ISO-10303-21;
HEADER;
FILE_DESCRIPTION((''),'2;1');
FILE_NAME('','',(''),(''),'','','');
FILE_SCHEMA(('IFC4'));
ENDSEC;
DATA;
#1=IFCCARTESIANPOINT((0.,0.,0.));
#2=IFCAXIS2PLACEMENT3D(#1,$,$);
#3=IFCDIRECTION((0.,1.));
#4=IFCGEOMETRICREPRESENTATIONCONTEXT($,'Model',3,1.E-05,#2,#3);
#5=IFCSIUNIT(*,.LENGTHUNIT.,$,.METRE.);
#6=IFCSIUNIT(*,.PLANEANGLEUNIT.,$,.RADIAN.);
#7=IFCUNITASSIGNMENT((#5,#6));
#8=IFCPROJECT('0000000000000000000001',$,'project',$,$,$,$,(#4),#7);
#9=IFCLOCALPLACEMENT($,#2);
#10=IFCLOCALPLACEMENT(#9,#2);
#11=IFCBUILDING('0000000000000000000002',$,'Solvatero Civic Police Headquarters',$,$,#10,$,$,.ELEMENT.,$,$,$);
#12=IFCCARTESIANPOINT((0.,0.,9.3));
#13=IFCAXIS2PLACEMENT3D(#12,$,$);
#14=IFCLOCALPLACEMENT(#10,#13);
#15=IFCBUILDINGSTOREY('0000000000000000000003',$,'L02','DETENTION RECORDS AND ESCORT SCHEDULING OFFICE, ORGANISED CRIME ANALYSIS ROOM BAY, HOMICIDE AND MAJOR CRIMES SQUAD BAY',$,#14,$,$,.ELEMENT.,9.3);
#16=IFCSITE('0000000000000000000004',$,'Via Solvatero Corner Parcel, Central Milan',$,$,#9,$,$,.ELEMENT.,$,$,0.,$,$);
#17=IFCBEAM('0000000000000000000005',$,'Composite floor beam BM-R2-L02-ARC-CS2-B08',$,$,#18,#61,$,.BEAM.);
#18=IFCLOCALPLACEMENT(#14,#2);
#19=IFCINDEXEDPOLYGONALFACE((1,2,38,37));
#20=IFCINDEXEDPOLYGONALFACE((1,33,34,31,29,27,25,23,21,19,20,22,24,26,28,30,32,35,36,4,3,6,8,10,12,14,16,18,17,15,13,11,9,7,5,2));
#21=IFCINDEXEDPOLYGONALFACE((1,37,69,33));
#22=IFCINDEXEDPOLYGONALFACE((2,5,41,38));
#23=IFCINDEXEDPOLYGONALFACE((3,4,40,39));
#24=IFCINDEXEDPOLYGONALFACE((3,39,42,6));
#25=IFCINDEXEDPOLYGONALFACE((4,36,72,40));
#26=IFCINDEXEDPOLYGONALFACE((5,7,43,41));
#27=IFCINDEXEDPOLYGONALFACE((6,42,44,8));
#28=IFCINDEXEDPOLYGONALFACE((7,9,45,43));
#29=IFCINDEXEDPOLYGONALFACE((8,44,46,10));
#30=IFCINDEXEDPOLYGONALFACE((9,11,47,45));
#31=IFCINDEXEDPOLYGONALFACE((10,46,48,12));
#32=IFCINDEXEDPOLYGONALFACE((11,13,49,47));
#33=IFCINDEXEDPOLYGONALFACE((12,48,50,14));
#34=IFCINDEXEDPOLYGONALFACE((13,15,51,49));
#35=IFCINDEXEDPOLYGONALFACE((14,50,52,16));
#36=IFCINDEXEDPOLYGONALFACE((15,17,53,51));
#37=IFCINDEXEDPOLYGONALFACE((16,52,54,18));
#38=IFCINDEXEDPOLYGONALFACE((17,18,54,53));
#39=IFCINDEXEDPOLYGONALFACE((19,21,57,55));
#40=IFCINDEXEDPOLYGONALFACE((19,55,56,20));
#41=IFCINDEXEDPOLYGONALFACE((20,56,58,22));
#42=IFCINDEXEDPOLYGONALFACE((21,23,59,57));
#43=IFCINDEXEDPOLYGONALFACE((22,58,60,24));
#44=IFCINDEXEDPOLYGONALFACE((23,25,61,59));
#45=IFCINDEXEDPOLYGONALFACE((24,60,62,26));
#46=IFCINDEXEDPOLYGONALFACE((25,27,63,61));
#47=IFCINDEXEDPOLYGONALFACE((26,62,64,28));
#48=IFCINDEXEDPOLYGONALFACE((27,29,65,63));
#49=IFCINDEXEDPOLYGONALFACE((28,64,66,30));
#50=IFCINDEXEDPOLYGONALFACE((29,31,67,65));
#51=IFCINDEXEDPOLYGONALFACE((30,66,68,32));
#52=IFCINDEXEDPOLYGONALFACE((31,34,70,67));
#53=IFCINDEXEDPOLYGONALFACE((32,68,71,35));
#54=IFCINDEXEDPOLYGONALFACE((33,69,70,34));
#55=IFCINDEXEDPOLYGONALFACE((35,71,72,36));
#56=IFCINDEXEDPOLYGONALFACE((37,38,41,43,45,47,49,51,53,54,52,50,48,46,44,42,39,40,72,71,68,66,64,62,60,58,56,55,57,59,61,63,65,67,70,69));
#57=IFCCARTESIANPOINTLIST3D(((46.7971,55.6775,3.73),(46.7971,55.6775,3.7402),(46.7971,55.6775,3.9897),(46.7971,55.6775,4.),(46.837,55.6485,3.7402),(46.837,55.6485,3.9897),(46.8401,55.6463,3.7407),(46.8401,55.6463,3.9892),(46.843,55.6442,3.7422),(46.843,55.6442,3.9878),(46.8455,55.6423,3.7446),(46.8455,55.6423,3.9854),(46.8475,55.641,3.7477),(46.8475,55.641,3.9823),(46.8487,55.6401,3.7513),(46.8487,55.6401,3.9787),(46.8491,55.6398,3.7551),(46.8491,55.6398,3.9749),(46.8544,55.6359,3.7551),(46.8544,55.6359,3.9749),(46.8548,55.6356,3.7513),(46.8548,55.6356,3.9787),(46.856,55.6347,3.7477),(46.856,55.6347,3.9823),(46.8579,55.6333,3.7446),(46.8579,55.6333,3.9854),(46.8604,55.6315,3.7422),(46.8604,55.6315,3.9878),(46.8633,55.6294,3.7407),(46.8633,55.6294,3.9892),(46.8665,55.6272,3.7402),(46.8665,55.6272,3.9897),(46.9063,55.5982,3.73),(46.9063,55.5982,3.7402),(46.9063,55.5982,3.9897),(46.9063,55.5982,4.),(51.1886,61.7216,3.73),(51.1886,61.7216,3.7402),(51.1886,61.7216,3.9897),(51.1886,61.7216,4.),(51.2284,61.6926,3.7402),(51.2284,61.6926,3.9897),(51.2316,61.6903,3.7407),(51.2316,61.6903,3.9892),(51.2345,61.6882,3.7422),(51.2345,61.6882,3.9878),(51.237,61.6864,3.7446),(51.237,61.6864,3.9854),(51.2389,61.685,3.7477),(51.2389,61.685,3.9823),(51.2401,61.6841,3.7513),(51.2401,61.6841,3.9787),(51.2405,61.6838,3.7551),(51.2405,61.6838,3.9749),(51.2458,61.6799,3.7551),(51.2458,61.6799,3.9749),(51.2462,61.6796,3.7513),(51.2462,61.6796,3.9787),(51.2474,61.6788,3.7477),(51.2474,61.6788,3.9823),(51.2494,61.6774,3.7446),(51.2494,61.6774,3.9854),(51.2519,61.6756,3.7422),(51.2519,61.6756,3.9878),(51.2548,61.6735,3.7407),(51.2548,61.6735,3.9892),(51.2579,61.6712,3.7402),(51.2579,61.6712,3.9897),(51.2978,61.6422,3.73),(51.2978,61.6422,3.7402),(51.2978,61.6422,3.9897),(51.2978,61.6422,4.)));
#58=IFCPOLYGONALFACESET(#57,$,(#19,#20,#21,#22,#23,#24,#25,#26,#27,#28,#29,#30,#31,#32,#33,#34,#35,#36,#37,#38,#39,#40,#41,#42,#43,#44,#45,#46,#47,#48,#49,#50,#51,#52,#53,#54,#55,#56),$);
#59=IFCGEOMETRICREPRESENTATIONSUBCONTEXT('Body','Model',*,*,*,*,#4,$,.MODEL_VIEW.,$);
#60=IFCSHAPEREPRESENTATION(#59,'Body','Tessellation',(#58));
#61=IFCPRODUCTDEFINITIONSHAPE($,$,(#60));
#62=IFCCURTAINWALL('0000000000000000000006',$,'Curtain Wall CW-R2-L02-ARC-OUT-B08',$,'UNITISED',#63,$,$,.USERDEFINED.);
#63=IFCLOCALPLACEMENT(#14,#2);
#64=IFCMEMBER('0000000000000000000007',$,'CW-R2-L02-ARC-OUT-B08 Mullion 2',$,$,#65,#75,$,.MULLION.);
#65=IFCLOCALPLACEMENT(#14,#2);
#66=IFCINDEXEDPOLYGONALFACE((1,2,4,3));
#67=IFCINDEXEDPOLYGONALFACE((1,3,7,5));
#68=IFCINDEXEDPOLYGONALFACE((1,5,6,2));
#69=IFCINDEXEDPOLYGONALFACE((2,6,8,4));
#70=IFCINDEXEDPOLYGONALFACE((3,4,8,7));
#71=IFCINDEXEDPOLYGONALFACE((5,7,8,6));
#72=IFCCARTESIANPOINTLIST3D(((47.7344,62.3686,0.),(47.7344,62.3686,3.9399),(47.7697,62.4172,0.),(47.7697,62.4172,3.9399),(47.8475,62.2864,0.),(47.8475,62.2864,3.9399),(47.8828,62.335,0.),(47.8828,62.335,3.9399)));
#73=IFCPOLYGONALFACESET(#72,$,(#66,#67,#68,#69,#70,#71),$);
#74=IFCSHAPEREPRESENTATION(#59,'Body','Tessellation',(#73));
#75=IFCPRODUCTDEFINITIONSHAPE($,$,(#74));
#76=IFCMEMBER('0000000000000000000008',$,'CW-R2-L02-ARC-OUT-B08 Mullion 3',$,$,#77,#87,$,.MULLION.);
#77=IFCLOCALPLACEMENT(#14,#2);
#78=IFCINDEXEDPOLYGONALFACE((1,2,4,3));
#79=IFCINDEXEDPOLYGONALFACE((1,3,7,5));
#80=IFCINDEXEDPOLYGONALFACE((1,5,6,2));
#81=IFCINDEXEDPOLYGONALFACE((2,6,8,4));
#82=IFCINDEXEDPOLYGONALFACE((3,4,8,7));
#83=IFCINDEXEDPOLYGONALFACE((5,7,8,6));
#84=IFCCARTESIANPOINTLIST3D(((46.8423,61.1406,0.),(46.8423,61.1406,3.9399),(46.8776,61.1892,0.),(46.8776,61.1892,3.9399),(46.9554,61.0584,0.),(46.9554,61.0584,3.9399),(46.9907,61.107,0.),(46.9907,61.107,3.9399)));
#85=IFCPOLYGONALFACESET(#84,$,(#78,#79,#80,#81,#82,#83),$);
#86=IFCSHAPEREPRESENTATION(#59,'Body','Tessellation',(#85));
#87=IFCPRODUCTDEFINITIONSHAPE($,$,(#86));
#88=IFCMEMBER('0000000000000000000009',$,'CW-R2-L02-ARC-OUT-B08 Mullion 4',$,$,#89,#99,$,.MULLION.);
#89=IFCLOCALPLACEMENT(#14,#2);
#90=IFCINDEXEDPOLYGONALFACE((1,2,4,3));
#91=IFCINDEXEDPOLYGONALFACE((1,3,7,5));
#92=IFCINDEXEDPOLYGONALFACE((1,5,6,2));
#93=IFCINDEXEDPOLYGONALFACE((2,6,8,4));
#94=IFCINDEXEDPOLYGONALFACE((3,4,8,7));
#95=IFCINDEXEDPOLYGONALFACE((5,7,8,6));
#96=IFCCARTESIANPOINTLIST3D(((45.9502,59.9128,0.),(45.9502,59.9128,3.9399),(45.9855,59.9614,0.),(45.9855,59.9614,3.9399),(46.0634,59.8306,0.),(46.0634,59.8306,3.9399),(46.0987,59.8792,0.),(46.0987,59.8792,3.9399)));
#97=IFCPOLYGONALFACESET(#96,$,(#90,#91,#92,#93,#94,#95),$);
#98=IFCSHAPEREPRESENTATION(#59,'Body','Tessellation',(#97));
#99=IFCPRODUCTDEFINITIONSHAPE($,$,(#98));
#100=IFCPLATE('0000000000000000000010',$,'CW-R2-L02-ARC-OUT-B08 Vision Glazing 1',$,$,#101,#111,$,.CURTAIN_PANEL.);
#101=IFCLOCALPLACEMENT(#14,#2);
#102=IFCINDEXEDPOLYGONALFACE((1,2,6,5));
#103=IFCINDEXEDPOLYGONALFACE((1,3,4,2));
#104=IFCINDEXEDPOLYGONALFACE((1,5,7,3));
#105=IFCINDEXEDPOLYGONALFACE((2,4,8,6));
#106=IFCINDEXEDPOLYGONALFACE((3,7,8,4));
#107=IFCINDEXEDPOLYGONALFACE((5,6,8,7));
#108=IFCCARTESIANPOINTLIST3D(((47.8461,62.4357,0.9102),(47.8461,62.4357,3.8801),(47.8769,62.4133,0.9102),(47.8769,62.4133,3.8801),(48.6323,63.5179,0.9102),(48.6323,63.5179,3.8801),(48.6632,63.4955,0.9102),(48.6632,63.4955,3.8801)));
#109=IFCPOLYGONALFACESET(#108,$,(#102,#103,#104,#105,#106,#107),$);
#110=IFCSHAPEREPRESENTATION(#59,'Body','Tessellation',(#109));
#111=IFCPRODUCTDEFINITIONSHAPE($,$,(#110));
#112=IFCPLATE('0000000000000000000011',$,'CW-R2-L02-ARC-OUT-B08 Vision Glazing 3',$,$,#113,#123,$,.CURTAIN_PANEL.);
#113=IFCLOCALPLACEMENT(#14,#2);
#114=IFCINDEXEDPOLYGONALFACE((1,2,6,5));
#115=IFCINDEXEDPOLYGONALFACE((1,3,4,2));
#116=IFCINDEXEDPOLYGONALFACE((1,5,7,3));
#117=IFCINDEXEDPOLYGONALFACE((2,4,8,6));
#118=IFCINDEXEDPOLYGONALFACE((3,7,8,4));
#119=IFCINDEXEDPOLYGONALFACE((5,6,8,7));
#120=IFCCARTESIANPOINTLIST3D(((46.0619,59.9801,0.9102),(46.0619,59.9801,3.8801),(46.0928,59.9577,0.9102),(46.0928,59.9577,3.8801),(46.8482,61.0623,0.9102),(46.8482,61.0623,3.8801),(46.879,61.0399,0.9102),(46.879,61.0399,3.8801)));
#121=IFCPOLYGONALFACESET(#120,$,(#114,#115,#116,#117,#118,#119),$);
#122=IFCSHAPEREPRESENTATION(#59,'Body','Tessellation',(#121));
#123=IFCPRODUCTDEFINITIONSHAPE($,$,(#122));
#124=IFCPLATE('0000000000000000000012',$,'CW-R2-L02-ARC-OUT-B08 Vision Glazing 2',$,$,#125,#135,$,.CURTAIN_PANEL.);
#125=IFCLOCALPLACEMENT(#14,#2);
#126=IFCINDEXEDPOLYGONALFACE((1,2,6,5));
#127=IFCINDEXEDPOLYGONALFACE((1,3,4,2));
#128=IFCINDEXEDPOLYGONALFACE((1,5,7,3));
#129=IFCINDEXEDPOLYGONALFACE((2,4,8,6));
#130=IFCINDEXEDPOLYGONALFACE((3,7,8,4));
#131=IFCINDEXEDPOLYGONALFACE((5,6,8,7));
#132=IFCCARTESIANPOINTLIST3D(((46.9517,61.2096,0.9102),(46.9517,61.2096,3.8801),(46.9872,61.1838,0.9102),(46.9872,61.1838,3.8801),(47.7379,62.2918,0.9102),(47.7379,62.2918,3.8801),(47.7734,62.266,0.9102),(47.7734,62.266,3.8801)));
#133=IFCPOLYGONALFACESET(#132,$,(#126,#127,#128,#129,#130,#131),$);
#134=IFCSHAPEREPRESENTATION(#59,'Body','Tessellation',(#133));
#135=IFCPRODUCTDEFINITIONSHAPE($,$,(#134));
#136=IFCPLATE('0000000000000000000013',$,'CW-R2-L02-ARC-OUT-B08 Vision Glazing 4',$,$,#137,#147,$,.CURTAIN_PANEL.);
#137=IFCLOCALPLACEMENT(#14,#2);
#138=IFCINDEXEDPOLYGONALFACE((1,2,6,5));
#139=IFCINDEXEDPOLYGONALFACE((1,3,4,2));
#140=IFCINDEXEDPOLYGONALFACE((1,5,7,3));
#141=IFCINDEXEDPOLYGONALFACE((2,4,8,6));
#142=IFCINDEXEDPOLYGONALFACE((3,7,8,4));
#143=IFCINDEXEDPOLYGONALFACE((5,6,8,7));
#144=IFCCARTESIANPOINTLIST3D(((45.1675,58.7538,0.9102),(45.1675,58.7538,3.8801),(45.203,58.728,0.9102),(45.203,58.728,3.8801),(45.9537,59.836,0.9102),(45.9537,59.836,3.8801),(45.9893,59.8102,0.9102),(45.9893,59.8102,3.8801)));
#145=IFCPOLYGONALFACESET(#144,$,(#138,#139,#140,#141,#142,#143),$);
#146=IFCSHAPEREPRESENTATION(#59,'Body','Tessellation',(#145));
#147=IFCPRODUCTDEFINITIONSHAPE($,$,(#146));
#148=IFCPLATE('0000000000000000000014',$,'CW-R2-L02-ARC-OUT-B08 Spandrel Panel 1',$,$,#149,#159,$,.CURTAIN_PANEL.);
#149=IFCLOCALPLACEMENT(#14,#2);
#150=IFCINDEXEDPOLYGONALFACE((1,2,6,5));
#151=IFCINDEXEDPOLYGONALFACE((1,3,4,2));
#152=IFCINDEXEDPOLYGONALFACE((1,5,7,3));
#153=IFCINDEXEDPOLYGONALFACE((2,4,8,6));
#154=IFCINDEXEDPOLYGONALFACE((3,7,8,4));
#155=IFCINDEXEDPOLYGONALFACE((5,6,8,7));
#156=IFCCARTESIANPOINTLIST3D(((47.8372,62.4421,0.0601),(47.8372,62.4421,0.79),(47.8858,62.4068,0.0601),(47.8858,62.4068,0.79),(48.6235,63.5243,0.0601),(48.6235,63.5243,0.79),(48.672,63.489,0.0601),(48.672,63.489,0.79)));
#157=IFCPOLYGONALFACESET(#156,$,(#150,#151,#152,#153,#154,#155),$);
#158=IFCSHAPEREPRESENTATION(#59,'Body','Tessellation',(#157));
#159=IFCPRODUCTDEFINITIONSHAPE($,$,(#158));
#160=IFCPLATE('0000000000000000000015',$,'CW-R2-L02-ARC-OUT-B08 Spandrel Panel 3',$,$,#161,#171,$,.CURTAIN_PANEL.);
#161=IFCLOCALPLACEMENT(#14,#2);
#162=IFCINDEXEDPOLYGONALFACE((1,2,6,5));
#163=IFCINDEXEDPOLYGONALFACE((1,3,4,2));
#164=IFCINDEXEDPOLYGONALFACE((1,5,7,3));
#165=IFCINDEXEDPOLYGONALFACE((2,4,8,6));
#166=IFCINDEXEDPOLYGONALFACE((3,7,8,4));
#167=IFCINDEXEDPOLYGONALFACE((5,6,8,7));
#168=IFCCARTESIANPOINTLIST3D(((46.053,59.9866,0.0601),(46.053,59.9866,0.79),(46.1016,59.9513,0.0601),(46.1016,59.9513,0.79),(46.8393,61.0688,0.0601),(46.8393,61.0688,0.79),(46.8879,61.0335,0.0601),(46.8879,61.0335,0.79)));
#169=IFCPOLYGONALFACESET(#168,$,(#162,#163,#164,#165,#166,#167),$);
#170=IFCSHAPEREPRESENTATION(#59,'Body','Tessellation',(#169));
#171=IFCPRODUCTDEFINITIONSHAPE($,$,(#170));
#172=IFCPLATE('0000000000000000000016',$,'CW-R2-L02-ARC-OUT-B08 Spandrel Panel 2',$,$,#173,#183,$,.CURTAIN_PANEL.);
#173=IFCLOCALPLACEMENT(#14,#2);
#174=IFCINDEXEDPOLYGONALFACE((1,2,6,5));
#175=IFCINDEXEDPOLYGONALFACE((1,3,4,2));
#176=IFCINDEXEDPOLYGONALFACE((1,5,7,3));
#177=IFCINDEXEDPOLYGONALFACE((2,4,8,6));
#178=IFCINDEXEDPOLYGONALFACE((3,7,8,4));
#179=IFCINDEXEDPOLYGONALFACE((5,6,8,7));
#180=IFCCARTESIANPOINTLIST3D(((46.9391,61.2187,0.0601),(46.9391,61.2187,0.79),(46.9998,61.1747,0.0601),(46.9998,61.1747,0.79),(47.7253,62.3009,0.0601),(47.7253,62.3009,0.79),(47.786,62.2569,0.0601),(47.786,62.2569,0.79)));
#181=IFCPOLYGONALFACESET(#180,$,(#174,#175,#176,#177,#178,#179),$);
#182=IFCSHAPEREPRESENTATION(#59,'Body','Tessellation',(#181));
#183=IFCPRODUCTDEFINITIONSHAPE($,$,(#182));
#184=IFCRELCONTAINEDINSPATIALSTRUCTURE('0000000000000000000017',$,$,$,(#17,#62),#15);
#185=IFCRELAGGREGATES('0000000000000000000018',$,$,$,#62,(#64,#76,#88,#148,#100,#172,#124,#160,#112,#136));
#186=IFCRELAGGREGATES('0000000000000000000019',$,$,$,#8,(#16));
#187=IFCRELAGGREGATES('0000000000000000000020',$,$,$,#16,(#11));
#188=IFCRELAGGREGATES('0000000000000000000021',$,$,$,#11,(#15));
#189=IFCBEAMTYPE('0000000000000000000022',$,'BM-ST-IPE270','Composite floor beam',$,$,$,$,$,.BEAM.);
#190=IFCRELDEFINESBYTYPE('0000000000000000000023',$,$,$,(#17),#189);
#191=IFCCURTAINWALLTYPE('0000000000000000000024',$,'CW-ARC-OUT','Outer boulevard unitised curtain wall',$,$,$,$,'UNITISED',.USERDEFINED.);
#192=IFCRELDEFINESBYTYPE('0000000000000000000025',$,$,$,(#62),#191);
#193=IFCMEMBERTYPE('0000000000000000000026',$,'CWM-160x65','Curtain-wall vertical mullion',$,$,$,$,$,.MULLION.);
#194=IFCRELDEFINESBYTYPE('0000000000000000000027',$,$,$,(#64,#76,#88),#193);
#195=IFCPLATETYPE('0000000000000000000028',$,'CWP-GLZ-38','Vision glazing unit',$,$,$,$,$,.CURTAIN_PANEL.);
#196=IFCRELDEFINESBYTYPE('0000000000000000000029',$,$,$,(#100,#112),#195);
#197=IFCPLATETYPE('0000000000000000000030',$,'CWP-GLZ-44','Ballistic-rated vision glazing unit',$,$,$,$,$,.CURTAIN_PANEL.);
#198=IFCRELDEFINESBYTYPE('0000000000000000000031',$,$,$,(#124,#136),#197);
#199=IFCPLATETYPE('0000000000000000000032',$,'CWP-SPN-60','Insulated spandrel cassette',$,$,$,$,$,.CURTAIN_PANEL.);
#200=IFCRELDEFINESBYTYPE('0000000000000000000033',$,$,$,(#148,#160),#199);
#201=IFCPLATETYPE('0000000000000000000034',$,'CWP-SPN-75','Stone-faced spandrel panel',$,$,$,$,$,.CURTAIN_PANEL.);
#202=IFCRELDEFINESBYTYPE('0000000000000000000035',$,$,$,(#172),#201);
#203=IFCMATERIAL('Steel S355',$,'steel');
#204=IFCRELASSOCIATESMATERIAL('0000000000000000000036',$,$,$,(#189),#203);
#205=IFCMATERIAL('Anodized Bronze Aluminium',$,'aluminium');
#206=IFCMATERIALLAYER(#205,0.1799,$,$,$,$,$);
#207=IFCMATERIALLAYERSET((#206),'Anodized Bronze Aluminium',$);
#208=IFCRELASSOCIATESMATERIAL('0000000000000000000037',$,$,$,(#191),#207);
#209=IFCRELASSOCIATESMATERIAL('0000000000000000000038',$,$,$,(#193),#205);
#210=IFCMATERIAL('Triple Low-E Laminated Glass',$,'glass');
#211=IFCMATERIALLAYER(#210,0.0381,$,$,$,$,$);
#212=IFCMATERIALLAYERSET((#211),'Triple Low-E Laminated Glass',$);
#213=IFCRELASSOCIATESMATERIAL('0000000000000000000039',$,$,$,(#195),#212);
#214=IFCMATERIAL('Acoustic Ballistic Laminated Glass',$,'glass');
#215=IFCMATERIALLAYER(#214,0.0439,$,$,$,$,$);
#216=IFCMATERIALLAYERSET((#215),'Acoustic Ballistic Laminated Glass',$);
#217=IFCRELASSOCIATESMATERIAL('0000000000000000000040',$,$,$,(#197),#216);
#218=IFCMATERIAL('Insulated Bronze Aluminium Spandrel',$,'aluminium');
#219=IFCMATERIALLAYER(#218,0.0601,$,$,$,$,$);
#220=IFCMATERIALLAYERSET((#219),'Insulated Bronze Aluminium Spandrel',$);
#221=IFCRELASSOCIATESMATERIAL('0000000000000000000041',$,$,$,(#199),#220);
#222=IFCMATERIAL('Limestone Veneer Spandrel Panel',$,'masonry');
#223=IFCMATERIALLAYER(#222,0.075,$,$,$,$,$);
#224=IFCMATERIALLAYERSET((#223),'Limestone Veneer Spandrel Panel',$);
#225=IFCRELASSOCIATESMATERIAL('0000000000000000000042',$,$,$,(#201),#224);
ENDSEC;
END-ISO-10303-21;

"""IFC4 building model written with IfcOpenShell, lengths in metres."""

from ifc_helpers import new_model, si_unit, direction, frame, origin, origin_2d, place, context, subcontext, project, spatial, rectangle, i_section, extrude, material, layer, layer_set, material_profile, profile_set, type_object, element, aggregate, save


model = new_model("IFC4")

# Units and contexts
model_context = context("Model", 3, precision=1e-05, world=origin(), true_north=direction((0.0, 1.0)))
body_context = subcontext(model_context, "Body", "Model", "MODEL_VIEW")
ifc_project = project(units=[si_unit("LENGTHUNIT", "METRE"), si_unit("PLANEANGLEUNIT", "RADIAN")], contexts=[model_context])

# Site, building, storey
site_placement = place(None, origin())
site = spatial("IfcSite", under=ifc_project, at=site_placement, Name="Via Solvatero Corner Parcel, Central Milan", CompositionType="ELEMENT", RefElevation=0.0)
building_placement = place(site_placement, origin())
building = spatial("IfcBuilding", under=site, at=building_placement, Name="Solvatero Civic Police Headquarters", CompositionType="ELEMENT")
storey_placement = place(building_placement, frame((0.0, 0.0, 9.3)))
storey = spatial("IfcBuildingStorey", under=building, at=storey_placement, Name="L02", Description="DETENTION RECORDS AND ESCORT SCHEDULING OFFICE, ORGANISED CRIME ANALYSIS ROOM BAY, HOMICIDE AND MAJOR CRIMES SQUAD BAY", CompositionType="ELEMENT", Elevation=9.3)

# Beam
ifc_material_1 = material(Name="Steel S355", Category="steel")
ifc_material_profile_1 = material_profile(ifc_material_1, i_section(OverallWidth=0.135, OverallDepth=0.27, WebThickness=0.0066, FlangeThickness=0.0103, FilletRadius=0.0149, at=origin_2d()), Name="IPE 270")
ifc_profile_set_1 = profile_set([ifc_material_profile_1], Name="Steel S355")
beam_type = type_object("IfcBeamType", Name="BM-ST-IPE270", Description="Composite floor beam", PredefinedType="BEAM", material=ifc_profile_set_1)
beam_placement = place(storey_placement, frame((51.2432, 61.6819, 3.865), z_axis=(-0.587801, -0.809006, 0.0), x_axis=(0.809006, -0.587801, 0.0)))
element("IfcBeam", 1, at=beam_placement, inside=storey, type_object=beam_type, Name="Composite floor beam BM-R2-L02-ARC-CS2-B08", PredefinedType="BEAM", context=body_context, shape_type="SweptSolid", body=[
    extrude(i_section(OverallWidth=0.135, OverallDepth=0.27, WebThickness=0.0066, FlangeThickness=0.0103, FilletRadius=0.0149, at=origin_2d()), origin(), (0.0, 0.0, 1.0), 7.4709),
])

# Curtain wall, members, plates
ifc_material_2 = material(Name="Anodized Bronze Aluminium", Category="aluminium")
ifc_layer_1 = layer(ifc_material_2, 0.1799)
ifc_layer_set_1 = layer_set([ifc_layer_1], Name="Anodized Bronze Aluminium")
curtain_wall_type = type_object("IfcCurtainWallType", Name="CW-ARC-OUT", Description="Outer boulevard unitised curtain wall", ElementType="UNITISED", PredefinedType="USERDEFINED", material=ifc_layer_set_1)
curtain_wall_placement = place(storey_placement, origin())
curtain_wall = element("IfcCurtainWall", 2, at=curtain_wall_placement, inside=storey, type_object=curtain_wall_type, Name="Curtain Wall CW-R2-L02-ARC-OUT-B08", ObjectType="UNITISED", PredefinedType="USERDEFINED")
ifc_material_profile_2 = material_profile(ifc_material_2, rectangle(XDim=0.0601, YDim=0.1399, at=origin_2d()), Name="ALU MULLION 60x140")
ifc_profile_set_2 = profile_set([ifc_material_profile_2], Name="Anodized Bronze Aluminium")
member_type = type_object("IfcMemberType", Name="CWM-160x65", Description="Curtain-wall vertical mullion", PredefinedType="MULLION", material=ifc_profile_set_2)
member_1_placement = place(storey_placement, frame((47.8086, 62.3518, 0.0), z_axis=(0.0, 0.0, 1.0), x_axis=(-0.587771, -0.809027, 0.0)))
member_1 = element("IfcMember", 3, at=member_1_placement, type_object=member_type, Name="CW-R2-L02-ARC-OUT-B08 Mullion 2", PredefinedType="MULLION", context=body_context, shape_type="SweptSolid", body=[
    extrude(rectangle(XDim=0.0601, YDim=0.1399, at=origin_2d()), origin(), (0.0, 0.0, 1.0), 3.9399),
])
member_2_placement = place(storey_placement, frame((46.9165, 61.1238, 0.0), z_axis=(0.0, 0.0, 1.0), x_axis=(-0.587771, -0.809027, 0.0)))
member_2 = element("IfcMember", 4, at=member_2_placement, type_object=member_type, Name="CW-R2-L02-ARC-OUT-B08 Mullion 3", PredefinedType="MULLION", context=body_context, shape_type="SweptSolid", body=[
    extrude(rectangle(XDim=0.0601, YDim=0.1399, at=origin_2d()), origin(), (0.0, 0.0, 1.0), 3.9399),
])
member_3_placement = place(storey_placement, frame((46.0244, 59.896, 0.0), z_axis=(0.0, 0.0, 1.0), x_axis=(-0.587771, -0.809027, 0.0)))
member_3 = element("IfcMember", 5, at=member_3_placement, type_object=member_type, Name="CW-R2-L02-ARC-OUT-B08 Mullion 4", PredefinedType="MULLION", context=body_context, shape_type="SweptSolid", body=[
    extrude(rectangle(XDim=0.0601, YDim=0.1399, at=origin_2d()), origin(), (0.0, 0.0, 1.0), 3.9399),
])
ifc_material_3 = material(Name="Triple Low-E Laminated Glass", Category="glass")
ifc_layer_2 = layer(ifc_material_3, 0.0381)
ifc_layer_set_2 = layer_set([ifc_layer_2], Name="Triple Low-E Laminated Glass")
plate_type_1 = type_object("IfcPlateType", Name="CWP-GLZ-38", Description="Vision glazing unit", PredefinedType="CURTAIN_PANEL", material=ifc_layer_set_2)
plate_1_placement = place(storey_placement, frame((48.2546, 62.9656, 0.9102), z_axis=(0.0, 0.0, 1.0), x_axis=(-0.587771, -0.809027, 0.0)))
plate_1 = element("IfcPlate", 6, at=plate_1_placement, type_object=plate_type_1, Name="CW-R2-L02-ARC-OUT-B08 Vision Glazing 1", PredefinedType="CURTAIN_PANEL", context=body_context, shape_type="SweptSolid", body=[
    extrude(rectangle(XDim=1.3376, YDim=0.0381, at=origin_2d()), origin(), (0.0, 0.0, 1.0), 2.97),
])
plate_2_placement = place(storey_placement, frame((46.4705, 60.51, 0.9102), z_axis=(0.0, 0.0, 1.0), x_axis=(-0.587771, -0.809027, 0.0)))
plate_2 = element("IfcPlate", 7, at=plate_2_placement, type_object=plate_type_1, Name="CW-R2-L02-ARC-OUT-B08 Vision Glazing 3", PredefinedType="CURTAIN_PANEL", context=body_context, shape_type="SweptSolid", body=[
    extrude(rectangle(XDim=1.3376, YDim=0.0381, at=origin_2d()), origin(), (0.0, 0.0, 1.0), 2.97),
])
ifc_material_4 = material(Name="Acoustic Ballistic Laminated Glass", Category="glass")
ifc_layer_3 = layer(ifc_material_4, 0.0439)
ifc_layer_set_3 = layer_set([ifc_layer_3], Name="Acoustic Ballistic Laminated Glass")
plate_type_2 = type_object("IfcPlateType", Name="CWP-GLZ-44", Description="Ballistic-rated vision glazing unit", PredefinedType="CURTAIN_PANEL", material=ifc_layer_set_3)
plate_3_placement = place(storey_placement, frame((47.3625, 61.7378, 0.9102), z_axis=(0.0, 0.0, 1.0), x_axis=(-0.587771, -0.809027, 0.0)))
plate_3 = element("IfcPlate", 8, at=plate_3_placement, type_object=plate_type_2, Name="CW-R2-L02-ARC-OUT-B08 Vision Glazing 2", PredefinedType="CURTAIN_PANEL", context=body_context, shape_type="SweptSolid", body=[
    extrude(rectangle(XDim=1.3376, YDim=0.0439, at=origin_2d()), origin(), (0.0, 0.0, 1.0), 2.97),
])
plate_4_placement = place(storey_placement, frame((45.5784, 59.282, 0.9102), z_axis=(0.0, 0.0, 1.0), x_axis=(-0.587771, -0.809027, 0.0)))
plate_4 = element("IfcPlate", 9, at=plate_4_placement, type_object=plate_type_2, Name="CW-R2-L02-ARC-OUT-B08 Vision Glazing 4", PredefinedType="CURTAIN_PANEL", context=body_context, shape_type="SweptSolid", body=[
    extrude(rectangle(XDim=1.3376, YDim=0.0439, at=origin_2d()), origin(), (0.0, 0.0, 1.0), 2.97),
])
ifc_material_5 = material(Name="Insulated Bronze Aluminium Spandrel", Category="aluminium")
ifc_layer_4 = layer(ifc_material_5, 0.0601)
ifc_layer_set_4 = layer_set([ifc_layer_4], Name="Insulated Bronze Aluminium Spandrel")
plate_type_3 = type_object("IfcPlateType", Name="CWP-SPN-60", Description="Insulated spandrel cassette", PredefinedType="CURTAIN_PANEL", material=ifc_layer_set_4)
plate_5_placement = place(storey_placement, frame((48.2546, 62.9656, 0.0601), z_axis=(0.0, 0.0, 1.0), x_axis=(-0.587771, -0.809027, 0.0)))
plate_5 = element("IfcPlate", 10, at=plate_5_placement, type_object=plate_type_3, Name="CW-R2-L02-ARC-OUT-B08 Spandrel Panel 1", PredefinedType="CURTAIN_PANEL", context=body_context, shape_type="SweptSolid", body=[
    extrude(rectangle(XDim=1.3376, YDim=0.0601, at=origin_2d()), origin(), (0.0, 0.0, 1.0), 0.73),
])
plate_6_placement = place(storey_placement, frame((46.4705, 60.51, 0.0601), z_axis=(0.0, 0.0, 1.0), x_axis=(-0.587771, -0.809027, 0.0)))
plate_6 = element("IfcPlate", 11, at=plate_6_placement, type_object=plate_type_3, Name="CW-R2-L02-ARC-OUT-B08 Spandrel Panel 3", PredefinedType="CURTAIN_PANEL", context=body_context, shape_type="SweptSolid", body=[
    extrude(rectangle(XDim=1.3376, YDim=0.0601, at=origin_2d()), origin(), (0.0, 0.0, 1.0), 0.73),
])
ifc_material_6 = material(Name="Limestone Veneer Spandrel Panel", Category="masonry")
ifc_layer_5 = layer(ifc_material_6, 0.075)
ifc_layer_set_5 = layer_set([ifc_layer_5], Name="Limestone Veneer Spandrel Panel")
plate_type_4 = type_object("IfcPlateType", Name="CWP-SPN-75", Description="Stone-faced spandrel panel", PredefinedType="CURTAIN_PANEL", material=ifc_layer_set_5)
plate_7_placement = place(storey_placement, frame((47.3625, 61.7378, 0.0601), z_axis=(0.0, 0.0, 1.0), x_axis=(-0.587771, -0.809027, 0.0)))
plate_7 = element("IfcPlate", 12, at=plate_7_placement, type_object=plate_type_4, Name="CW-R2-L02-ARC-OUT-B08 Spandrel Panel 2", PredefinedType="CURTAIN_PANEL", context=body_context, shape_type="SweptSolid", body=[
    extrude(rectangle(XDim=1.3376, YDim=0.075, at=origin_2d()), origin(), (0.0, 0.0, 1.0), 0.73),
])
aggregate(curtain_wall, [member_1, member_2, member_3, plate_5, plate_1, plate_7, plate_3, plate_6, plate_2, plate_4])

save(model, "model.ifc")
